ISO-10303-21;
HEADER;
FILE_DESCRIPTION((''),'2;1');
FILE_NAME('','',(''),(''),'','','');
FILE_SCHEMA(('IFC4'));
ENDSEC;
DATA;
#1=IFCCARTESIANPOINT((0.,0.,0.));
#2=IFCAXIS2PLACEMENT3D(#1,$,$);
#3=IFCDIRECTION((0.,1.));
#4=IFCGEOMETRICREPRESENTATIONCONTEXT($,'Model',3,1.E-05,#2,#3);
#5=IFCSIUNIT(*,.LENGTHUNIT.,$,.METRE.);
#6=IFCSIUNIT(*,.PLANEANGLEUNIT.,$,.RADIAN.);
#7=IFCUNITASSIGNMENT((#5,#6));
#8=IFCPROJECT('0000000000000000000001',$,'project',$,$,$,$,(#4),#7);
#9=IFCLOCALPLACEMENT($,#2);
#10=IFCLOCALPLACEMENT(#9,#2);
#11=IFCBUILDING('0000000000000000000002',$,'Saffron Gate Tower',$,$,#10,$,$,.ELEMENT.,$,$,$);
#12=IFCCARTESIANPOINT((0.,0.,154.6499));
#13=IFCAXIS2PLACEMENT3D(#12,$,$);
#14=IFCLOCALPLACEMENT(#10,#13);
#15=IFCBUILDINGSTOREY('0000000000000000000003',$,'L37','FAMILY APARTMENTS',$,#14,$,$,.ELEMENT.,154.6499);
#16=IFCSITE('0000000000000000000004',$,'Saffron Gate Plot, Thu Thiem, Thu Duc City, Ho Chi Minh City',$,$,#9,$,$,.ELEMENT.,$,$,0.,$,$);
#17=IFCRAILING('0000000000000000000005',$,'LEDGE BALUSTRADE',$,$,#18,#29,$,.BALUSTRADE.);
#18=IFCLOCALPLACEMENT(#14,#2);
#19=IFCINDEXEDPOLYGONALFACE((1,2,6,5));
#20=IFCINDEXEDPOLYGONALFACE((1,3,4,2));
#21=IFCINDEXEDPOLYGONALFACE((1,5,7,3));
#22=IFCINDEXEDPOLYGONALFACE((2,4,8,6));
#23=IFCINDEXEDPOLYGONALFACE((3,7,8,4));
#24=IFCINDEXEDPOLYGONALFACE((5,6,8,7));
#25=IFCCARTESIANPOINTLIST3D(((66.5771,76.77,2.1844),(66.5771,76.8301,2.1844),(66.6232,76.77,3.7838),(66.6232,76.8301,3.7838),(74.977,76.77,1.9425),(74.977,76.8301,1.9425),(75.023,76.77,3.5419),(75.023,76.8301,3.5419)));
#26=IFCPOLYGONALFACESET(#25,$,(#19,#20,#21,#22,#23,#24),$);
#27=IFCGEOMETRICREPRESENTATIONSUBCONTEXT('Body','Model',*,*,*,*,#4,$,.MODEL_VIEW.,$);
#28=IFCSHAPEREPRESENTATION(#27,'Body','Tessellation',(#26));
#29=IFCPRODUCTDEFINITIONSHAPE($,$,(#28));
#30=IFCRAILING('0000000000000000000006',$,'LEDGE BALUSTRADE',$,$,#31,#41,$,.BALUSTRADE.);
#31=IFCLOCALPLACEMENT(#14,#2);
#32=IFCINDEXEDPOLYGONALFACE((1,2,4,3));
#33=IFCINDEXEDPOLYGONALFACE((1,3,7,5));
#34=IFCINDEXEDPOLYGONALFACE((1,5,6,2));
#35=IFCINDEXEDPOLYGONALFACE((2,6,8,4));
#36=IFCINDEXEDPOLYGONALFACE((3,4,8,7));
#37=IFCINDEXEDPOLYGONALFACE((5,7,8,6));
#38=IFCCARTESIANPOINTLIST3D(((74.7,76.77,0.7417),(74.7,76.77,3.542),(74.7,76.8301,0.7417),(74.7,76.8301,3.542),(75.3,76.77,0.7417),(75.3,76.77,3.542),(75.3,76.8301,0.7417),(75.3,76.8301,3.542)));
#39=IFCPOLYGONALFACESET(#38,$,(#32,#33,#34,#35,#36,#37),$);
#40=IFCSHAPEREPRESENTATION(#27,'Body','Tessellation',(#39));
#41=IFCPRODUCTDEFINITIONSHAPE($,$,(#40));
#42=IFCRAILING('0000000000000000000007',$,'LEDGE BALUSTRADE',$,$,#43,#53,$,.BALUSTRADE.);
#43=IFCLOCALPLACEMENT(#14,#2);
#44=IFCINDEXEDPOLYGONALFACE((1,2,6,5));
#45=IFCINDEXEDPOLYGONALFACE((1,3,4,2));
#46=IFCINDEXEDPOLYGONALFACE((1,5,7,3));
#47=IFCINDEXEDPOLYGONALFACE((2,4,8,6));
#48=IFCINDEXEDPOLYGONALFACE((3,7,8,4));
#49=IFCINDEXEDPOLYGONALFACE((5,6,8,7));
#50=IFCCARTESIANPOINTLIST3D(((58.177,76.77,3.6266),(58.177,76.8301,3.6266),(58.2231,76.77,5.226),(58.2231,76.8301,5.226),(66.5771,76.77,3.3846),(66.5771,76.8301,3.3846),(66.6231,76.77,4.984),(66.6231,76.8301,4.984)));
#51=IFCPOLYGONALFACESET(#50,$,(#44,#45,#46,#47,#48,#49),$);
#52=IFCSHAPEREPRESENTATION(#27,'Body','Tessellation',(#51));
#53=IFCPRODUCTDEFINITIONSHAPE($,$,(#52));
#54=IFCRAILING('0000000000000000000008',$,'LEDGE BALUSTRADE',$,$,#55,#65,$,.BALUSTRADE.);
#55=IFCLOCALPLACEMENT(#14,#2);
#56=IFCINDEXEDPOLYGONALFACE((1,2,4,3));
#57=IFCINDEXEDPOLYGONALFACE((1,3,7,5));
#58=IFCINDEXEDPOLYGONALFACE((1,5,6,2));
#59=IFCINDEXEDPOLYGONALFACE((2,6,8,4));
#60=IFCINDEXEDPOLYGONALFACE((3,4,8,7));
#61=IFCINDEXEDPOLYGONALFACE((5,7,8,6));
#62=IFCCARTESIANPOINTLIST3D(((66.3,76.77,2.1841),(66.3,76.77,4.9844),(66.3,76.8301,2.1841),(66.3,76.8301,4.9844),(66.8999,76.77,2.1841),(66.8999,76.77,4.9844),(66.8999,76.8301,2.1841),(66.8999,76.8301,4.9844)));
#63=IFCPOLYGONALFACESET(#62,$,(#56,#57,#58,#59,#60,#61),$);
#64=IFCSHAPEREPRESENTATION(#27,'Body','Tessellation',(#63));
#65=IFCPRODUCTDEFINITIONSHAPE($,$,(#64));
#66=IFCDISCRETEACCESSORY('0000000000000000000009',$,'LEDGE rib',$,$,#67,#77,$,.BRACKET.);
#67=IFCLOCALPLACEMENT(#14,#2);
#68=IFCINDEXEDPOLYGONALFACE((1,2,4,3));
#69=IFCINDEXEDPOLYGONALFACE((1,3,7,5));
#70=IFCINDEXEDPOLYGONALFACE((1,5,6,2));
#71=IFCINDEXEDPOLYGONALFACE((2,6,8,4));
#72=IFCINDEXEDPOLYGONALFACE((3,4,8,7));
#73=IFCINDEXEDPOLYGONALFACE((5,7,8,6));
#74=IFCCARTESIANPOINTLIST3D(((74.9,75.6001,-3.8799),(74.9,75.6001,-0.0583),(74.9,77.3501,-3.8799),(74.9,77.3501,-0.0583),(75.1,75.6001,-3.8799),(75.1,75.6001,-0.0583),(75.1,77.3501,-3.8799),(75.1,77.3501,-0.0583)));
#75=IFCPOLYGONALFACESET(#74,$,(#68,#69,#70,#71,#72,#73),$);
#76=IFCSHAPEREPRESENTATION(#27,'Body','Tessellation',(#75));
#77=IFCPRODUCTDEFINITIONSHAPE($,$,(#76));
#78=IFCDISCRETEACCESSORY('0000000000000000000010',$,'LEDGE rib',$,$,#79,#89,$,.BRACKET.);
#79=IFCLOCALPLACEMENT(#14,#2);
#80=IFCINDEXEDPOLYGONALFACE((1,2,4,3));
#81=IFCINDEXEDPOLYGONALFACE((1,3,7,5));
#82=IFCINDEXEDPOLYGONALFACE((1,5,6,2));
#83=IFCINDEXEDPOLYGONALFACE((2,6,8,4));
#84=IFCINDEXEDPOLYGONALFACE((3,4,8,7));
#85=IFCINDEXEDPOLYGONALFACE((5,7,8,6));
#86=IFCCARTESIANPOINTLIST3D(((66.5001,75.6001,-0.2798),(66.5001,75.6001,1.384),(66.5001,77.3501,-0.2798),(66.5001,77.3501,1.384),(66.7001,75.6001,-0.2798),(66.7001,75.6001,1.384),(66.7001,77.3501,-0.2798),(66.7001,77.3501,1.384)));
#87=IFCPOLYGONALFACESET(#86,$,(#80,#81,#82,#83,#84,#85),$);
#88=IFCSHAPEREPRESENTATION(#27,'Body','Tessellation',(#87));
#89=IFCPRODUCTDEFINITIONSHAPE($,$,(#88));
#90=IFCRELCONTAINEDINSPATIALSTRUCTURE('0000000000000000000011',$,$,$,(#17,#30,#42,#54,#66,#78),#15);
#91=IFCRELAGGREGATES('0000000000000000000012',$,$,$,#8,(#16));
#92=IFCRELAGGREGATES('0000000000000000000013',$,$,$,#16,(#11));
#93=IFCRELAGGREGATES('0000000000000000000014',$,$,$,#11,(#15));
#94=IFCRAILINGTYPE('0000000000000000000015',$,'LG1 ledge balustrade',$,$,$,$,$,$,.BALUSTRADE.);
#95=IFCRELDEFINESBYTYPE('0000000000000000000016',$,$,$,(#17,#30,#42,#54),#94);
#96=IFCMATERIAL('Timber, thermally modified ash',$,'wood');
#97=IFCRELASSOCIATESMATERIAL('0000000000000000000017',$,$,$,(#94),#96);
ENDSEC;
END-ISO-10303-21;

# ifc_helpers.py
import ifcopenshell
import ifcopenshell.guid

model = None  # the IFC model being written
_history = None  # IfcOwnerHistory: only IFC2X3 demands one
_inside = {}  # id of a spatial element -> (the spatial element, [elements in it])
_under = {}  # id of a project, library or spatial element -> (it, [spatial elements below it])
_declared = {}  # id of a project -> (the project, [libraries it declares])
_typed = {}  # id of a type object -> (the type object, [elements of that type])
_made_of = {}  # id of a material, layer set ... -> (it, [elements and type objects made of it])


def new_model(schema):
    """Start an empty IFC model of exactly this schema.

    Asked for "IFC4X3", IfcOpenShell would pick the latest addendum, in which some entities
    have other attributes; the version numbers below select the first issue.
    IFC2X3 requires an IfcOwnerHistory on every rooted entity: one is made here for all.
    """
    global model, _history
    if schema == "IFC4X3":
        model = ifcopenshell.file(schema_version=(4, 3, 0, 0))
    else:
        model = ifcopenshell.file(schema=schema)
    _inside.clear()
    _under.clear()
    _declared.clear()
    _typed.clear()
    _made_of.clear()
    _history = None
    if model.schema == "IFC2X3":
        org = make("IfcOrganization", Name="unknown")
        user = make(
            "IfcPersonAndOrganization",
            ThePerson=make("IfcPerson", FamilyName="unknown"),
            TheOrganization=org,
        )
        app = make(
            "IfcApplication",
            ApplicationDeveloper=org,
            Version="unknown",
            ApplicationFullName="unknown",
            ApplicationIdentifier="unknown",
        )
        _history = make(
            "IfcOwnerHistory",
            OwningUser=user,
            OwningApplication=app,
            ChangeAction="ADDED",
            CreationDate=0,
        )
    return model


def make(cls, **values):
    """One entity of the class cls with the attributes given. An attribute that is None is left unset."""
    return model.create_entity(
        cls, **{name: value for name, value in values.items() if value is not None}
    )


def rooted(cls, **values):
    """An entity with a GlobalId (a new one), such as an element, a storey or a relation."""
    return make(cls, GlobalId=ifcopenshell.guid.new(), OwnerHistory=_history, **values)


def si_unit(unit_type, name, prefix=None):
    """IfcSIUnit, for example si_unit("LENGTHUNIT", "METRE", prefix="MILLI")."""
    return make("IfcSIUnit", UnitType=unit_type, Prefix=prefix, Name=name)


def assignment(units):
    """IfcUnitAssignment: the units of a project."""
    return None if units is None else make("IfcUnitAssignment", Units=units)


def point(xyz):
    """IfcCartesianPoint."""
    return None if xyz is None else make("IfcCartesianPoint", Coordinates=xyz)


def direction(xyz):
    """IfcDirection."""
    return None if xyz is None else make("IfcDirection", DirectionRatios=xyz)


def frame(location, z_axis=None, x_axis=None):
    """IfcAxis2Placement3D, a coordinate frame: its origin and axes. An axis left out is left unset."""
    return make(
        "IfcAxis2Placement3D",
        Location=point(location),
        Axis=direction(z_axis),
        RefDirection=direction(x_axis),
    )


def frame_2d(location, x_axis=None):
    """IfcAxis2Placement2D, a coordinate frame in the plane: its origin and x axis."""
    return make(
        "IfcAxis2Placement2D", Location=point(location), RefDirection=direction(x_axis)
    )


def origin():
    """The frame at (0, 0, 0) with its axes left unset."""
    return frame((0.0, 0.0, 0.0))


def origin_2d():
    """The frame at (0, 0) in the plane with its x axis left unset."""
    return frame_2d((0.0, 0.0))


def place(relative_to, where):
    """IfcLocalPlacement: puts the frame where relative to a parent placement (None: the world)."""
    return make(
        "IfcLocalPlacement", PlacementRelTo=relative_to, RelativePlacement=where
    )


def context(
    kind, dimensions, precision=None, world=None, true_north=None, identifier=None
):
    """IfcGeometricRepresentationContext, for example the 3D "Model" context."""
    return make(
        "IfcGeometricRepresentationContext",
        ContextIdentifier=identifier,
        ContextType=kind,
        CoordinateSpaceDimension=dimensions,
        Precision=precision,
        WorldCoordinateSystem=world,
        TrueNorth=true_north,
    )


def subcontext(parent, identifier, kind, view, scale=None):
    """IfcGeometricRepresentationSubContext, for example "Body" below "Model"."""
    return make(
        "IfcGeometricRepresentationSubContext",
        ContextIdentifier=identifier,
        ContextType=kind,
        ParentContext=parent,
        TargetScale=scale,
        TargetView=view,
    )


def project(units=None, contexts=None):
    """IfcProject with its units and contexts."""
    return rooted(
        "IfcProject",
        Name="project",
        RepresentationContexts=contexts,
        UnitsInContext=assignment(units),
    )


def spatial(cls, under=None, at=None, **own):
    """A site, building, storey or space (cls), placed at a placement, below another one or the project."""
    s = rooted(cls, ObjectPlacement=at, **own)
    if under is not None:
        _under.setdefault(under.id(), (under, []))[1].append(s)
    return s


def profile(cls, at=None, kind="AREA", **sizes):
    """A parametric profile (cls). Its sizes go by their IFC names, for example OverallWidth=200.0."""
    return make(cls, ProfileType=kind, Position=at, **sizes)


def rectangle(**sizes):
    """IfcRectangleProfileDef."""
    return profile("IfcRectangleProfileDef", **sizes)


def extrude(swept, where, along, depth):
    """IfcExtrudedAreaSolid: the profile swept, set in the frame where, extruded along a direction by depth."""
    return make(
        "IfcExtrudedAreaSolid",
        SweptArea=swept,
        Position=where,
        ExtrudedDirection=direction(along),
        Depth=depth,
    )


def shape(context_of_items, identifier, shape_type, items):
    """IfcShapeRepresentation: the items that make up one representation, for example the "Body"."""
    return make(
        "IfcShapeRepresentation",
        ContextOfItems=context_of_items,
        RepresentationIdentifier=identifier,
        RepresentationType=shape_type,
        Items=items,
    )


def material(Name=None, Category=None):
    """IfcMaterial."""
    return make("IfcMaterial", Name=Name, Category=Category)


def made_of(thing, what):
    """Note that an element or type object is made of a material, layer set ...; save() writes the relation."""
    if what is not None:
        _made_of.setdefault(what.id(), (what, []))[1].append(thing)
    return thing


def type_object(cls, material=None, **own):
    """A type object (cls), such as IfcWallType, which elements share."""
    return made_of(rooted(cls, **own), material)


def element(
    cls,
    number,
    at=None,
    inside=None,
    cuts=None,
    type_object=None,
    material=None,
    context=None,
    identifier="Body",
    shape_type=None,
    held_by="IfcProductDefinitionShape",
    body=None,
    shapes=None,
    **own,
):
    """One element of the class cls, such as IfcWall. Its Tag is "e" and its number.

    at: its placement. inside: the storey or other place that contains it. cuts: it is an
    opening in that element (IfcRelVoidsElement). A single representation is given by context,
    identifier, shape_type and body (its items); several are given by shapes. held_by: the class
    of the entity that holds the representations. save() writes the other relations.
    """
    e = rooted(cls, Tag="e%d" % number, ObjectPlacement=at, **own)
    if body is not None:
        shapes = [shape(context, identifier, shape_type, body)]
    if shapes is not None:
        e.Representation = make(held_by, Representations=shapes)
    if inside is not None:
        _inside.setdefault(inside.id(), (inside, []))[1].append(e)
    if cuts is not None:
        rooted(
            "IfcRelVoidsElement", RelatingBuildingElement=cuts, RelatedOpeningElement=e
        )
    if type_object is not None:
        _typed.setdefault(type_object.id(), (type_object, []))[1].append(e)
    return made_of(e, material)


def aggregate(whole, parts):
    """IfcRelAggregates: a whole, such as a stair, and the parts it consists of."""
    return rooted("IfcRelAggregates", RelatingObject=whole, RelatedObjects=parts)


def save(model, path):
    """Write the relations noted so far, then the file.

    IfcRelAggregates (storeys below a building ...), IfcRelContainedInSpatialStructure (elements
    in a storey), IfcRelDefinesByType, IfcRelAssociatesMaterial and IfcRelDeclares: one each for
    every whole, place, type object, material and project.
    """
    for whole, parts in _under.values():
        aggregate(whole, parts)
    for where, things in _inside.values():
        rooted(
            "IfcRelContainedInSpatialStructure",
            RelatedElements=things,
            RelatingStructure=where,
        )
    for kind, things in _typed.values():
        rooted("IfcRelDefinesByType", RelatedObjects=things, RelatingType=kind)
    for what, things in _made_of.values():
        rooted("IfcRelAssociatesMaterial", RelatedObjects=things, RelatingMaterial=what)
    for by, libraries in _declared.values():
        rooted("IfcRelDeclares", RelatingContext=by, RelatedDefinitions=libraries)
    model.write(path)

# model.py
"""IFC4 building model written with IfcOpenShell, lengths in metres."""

from ifc_helpers import new_model, si_unit, direction, frame, origin, origin_2d, place, context, subcontext, project, spatial, rectangle, extrude, material, type_object, element, save


model = new_model("IFC4")

# Units and contexts
model_context = context("Model", 3, precision=1e-05, world=origin(), true_north=direction((0.0, 1.0)))
body_context = subcontext(model_context, "Body", "Model", "MODEL_VIEW")
ifc_project = project(units=[si_unit("LENGTHUNIT", "METRE"), si_unit("PLANEANGLEUNIT", "RADIAN")], contexts=[model_context])

# Site, building, storey
site_placement = place(None, origin())
site = spatial("IfcSite", under=ifc_project, at=site_placement, Name="Saffron Gate Plot, Thu Thiem, Thu Duc City, Ho Chi Minh City", CompositionType="ELEMENT", RefElevation=0.0)
building_placement = place(site_placement, origin())
building = spatial("IfcBuilding", under=site, at=building_placement, Name="Saffron Gate Tower", CompositionType="ELEMENT")
storey_placement = place(building_placement, frame((0.0, 0.0, 154.6499)))
storey = spatial("IfcBuildingStorey", under=building, at=storey_placement, Name="L37", Description="FAMILY APARTMENTS", CompositionType="ELEMENT", Elevation=154.6499)

# Shared definitions
ifc_material_1 = material(Name="Timber, thermally modified ash", Category="wood")

# Railings
railing_type = type_object("IfcRailingType", Name="LG1 ledge balustrade", PredefinedType="BALUSTRADE", material=ifc_material_1)
railing_1_placement = place(storey_placement, frame((75.0, 76.8, 1.9421)))
element("IfcRailing", 1, at=railing_1_placement, inside=storey, type_object=railing_type, Name="LEDGE BALUSTRADE", PredefinedType="BALUSTRADE", context=body_context, shape_type="SweptSolid", body=[
    extrude(rectangle(XDim=0.0601, YDim=1.6001, at=origin_2d()), frame((0.0, 0.0, 0.8), z_axis=(-0.999585, 0.0, 0.028791), x_axis=(0.0, -1.0, 0.0)), (0.0, 0.0, 1.0), 8.4033),
])
railing_2_placement = place(storey_placement, frame((75.3, 76.8, 0.7417)))
element("IfcRailing", 2, at=railing_2_placement, inside=storey, type_object=railing_type, Name="LEDGE BALUSTRADE", PredefinedType="BALUSTRADE", context=body_context, shape_type="SweptSolid", body=[
    extrude(rectangle(XDim=0.0601, YDim=2.8003, at=origin_2d()), frame((0.0, 0.0, 1.4001), z_axis=(-1.0, 0.0, 0.0), x_axis=(0.0, -1.0, 0.0)), (0.0, 0.0, 1.0), 0.6001),
])
railing_3_placement = place(storey_placement, frame((66.6001, 76.8, 3.3843)))
element("IfcRailing", 3, at=railing_3_placement, inside=storey, type_object=railing_type, Name="LEDGE BALUSTRADE", PredefinedType="BALUSTRADE", context=body_context, shape_type="SweptSolid", body=[
    extrude(rectangle(XDim=0.0601, YDim=1.6001, at=origin_2d()), frame((0.0, 0.0, 0.8), z_axis=(-0.999585, 0.0, 0.02879), x_axis=(0.0, -1.0, 0.0)), (0.0, 0.0, 1.0), 8.4036),
])
railing_4_placement = place(storey_placement, frame((66.8999, 76.8, 2.1841)))
element("IfcRailing", 4, at=railing_4_placement, inside=storey, type_object=railing_type, Name="LEDGE BALUSTRADE", PredefinedType="BALUSTRADE", context=body_context, shape_type="SweptSolid", body=[
    extrude(rectangle(XDim=0.0601, YDim=2.8003, at=origin_2d()), frame((0.0, 0.0, 1.4001), z_axis=(-1.0, 0.0, 0.0), x_axis=(0.0, -1.0, 0.0)), (0.0, 0.0, 1.0), 0.5999),
])

# Discrete accessories
discrete_accessory_1_placement = place(storey_placement, frame((75.0, 76.4751, -3.8799), z_axis=(0.0, 0.0, 1.0), x_axis=(-1.0, 0.0, 0.0)))
element("IfcDiscreteAccessory", 5, at=discrete_accessory_1_placement, inside=storey, Name="LEDGE rib", PredefinedType="BRACKET", context=body_context, shape_type="SweptSolid", body=[
    extrude(rectangle(XDim=0.2, YDim=1.75, at=origin_2d()), origin(), (0.0, 0.0, 1.0), 3.8215),
])
discrete_accessory_2_placement = place(storey_placement, frame((66.6001, 76.4751, -0.2798), z_axis=(0.0, 0.0, 1.0), x_axis=(-1.0, 0.0, 0.0)))
element("IfcDiscreteAccessory", 6, at=discrete_accessory_2_placement, inside=storey, Name="LEDGE rib", PredefinedType="BRACKET", context=body_context, shape_type="SweptSolid", body=[
    extrude(rectangle(XDim=0.2, YDim=1.75, at=origin_2d()), origin(), (0.0, 0.0, 1.0), 1.6638),
])

save(model, "model.ifc")
